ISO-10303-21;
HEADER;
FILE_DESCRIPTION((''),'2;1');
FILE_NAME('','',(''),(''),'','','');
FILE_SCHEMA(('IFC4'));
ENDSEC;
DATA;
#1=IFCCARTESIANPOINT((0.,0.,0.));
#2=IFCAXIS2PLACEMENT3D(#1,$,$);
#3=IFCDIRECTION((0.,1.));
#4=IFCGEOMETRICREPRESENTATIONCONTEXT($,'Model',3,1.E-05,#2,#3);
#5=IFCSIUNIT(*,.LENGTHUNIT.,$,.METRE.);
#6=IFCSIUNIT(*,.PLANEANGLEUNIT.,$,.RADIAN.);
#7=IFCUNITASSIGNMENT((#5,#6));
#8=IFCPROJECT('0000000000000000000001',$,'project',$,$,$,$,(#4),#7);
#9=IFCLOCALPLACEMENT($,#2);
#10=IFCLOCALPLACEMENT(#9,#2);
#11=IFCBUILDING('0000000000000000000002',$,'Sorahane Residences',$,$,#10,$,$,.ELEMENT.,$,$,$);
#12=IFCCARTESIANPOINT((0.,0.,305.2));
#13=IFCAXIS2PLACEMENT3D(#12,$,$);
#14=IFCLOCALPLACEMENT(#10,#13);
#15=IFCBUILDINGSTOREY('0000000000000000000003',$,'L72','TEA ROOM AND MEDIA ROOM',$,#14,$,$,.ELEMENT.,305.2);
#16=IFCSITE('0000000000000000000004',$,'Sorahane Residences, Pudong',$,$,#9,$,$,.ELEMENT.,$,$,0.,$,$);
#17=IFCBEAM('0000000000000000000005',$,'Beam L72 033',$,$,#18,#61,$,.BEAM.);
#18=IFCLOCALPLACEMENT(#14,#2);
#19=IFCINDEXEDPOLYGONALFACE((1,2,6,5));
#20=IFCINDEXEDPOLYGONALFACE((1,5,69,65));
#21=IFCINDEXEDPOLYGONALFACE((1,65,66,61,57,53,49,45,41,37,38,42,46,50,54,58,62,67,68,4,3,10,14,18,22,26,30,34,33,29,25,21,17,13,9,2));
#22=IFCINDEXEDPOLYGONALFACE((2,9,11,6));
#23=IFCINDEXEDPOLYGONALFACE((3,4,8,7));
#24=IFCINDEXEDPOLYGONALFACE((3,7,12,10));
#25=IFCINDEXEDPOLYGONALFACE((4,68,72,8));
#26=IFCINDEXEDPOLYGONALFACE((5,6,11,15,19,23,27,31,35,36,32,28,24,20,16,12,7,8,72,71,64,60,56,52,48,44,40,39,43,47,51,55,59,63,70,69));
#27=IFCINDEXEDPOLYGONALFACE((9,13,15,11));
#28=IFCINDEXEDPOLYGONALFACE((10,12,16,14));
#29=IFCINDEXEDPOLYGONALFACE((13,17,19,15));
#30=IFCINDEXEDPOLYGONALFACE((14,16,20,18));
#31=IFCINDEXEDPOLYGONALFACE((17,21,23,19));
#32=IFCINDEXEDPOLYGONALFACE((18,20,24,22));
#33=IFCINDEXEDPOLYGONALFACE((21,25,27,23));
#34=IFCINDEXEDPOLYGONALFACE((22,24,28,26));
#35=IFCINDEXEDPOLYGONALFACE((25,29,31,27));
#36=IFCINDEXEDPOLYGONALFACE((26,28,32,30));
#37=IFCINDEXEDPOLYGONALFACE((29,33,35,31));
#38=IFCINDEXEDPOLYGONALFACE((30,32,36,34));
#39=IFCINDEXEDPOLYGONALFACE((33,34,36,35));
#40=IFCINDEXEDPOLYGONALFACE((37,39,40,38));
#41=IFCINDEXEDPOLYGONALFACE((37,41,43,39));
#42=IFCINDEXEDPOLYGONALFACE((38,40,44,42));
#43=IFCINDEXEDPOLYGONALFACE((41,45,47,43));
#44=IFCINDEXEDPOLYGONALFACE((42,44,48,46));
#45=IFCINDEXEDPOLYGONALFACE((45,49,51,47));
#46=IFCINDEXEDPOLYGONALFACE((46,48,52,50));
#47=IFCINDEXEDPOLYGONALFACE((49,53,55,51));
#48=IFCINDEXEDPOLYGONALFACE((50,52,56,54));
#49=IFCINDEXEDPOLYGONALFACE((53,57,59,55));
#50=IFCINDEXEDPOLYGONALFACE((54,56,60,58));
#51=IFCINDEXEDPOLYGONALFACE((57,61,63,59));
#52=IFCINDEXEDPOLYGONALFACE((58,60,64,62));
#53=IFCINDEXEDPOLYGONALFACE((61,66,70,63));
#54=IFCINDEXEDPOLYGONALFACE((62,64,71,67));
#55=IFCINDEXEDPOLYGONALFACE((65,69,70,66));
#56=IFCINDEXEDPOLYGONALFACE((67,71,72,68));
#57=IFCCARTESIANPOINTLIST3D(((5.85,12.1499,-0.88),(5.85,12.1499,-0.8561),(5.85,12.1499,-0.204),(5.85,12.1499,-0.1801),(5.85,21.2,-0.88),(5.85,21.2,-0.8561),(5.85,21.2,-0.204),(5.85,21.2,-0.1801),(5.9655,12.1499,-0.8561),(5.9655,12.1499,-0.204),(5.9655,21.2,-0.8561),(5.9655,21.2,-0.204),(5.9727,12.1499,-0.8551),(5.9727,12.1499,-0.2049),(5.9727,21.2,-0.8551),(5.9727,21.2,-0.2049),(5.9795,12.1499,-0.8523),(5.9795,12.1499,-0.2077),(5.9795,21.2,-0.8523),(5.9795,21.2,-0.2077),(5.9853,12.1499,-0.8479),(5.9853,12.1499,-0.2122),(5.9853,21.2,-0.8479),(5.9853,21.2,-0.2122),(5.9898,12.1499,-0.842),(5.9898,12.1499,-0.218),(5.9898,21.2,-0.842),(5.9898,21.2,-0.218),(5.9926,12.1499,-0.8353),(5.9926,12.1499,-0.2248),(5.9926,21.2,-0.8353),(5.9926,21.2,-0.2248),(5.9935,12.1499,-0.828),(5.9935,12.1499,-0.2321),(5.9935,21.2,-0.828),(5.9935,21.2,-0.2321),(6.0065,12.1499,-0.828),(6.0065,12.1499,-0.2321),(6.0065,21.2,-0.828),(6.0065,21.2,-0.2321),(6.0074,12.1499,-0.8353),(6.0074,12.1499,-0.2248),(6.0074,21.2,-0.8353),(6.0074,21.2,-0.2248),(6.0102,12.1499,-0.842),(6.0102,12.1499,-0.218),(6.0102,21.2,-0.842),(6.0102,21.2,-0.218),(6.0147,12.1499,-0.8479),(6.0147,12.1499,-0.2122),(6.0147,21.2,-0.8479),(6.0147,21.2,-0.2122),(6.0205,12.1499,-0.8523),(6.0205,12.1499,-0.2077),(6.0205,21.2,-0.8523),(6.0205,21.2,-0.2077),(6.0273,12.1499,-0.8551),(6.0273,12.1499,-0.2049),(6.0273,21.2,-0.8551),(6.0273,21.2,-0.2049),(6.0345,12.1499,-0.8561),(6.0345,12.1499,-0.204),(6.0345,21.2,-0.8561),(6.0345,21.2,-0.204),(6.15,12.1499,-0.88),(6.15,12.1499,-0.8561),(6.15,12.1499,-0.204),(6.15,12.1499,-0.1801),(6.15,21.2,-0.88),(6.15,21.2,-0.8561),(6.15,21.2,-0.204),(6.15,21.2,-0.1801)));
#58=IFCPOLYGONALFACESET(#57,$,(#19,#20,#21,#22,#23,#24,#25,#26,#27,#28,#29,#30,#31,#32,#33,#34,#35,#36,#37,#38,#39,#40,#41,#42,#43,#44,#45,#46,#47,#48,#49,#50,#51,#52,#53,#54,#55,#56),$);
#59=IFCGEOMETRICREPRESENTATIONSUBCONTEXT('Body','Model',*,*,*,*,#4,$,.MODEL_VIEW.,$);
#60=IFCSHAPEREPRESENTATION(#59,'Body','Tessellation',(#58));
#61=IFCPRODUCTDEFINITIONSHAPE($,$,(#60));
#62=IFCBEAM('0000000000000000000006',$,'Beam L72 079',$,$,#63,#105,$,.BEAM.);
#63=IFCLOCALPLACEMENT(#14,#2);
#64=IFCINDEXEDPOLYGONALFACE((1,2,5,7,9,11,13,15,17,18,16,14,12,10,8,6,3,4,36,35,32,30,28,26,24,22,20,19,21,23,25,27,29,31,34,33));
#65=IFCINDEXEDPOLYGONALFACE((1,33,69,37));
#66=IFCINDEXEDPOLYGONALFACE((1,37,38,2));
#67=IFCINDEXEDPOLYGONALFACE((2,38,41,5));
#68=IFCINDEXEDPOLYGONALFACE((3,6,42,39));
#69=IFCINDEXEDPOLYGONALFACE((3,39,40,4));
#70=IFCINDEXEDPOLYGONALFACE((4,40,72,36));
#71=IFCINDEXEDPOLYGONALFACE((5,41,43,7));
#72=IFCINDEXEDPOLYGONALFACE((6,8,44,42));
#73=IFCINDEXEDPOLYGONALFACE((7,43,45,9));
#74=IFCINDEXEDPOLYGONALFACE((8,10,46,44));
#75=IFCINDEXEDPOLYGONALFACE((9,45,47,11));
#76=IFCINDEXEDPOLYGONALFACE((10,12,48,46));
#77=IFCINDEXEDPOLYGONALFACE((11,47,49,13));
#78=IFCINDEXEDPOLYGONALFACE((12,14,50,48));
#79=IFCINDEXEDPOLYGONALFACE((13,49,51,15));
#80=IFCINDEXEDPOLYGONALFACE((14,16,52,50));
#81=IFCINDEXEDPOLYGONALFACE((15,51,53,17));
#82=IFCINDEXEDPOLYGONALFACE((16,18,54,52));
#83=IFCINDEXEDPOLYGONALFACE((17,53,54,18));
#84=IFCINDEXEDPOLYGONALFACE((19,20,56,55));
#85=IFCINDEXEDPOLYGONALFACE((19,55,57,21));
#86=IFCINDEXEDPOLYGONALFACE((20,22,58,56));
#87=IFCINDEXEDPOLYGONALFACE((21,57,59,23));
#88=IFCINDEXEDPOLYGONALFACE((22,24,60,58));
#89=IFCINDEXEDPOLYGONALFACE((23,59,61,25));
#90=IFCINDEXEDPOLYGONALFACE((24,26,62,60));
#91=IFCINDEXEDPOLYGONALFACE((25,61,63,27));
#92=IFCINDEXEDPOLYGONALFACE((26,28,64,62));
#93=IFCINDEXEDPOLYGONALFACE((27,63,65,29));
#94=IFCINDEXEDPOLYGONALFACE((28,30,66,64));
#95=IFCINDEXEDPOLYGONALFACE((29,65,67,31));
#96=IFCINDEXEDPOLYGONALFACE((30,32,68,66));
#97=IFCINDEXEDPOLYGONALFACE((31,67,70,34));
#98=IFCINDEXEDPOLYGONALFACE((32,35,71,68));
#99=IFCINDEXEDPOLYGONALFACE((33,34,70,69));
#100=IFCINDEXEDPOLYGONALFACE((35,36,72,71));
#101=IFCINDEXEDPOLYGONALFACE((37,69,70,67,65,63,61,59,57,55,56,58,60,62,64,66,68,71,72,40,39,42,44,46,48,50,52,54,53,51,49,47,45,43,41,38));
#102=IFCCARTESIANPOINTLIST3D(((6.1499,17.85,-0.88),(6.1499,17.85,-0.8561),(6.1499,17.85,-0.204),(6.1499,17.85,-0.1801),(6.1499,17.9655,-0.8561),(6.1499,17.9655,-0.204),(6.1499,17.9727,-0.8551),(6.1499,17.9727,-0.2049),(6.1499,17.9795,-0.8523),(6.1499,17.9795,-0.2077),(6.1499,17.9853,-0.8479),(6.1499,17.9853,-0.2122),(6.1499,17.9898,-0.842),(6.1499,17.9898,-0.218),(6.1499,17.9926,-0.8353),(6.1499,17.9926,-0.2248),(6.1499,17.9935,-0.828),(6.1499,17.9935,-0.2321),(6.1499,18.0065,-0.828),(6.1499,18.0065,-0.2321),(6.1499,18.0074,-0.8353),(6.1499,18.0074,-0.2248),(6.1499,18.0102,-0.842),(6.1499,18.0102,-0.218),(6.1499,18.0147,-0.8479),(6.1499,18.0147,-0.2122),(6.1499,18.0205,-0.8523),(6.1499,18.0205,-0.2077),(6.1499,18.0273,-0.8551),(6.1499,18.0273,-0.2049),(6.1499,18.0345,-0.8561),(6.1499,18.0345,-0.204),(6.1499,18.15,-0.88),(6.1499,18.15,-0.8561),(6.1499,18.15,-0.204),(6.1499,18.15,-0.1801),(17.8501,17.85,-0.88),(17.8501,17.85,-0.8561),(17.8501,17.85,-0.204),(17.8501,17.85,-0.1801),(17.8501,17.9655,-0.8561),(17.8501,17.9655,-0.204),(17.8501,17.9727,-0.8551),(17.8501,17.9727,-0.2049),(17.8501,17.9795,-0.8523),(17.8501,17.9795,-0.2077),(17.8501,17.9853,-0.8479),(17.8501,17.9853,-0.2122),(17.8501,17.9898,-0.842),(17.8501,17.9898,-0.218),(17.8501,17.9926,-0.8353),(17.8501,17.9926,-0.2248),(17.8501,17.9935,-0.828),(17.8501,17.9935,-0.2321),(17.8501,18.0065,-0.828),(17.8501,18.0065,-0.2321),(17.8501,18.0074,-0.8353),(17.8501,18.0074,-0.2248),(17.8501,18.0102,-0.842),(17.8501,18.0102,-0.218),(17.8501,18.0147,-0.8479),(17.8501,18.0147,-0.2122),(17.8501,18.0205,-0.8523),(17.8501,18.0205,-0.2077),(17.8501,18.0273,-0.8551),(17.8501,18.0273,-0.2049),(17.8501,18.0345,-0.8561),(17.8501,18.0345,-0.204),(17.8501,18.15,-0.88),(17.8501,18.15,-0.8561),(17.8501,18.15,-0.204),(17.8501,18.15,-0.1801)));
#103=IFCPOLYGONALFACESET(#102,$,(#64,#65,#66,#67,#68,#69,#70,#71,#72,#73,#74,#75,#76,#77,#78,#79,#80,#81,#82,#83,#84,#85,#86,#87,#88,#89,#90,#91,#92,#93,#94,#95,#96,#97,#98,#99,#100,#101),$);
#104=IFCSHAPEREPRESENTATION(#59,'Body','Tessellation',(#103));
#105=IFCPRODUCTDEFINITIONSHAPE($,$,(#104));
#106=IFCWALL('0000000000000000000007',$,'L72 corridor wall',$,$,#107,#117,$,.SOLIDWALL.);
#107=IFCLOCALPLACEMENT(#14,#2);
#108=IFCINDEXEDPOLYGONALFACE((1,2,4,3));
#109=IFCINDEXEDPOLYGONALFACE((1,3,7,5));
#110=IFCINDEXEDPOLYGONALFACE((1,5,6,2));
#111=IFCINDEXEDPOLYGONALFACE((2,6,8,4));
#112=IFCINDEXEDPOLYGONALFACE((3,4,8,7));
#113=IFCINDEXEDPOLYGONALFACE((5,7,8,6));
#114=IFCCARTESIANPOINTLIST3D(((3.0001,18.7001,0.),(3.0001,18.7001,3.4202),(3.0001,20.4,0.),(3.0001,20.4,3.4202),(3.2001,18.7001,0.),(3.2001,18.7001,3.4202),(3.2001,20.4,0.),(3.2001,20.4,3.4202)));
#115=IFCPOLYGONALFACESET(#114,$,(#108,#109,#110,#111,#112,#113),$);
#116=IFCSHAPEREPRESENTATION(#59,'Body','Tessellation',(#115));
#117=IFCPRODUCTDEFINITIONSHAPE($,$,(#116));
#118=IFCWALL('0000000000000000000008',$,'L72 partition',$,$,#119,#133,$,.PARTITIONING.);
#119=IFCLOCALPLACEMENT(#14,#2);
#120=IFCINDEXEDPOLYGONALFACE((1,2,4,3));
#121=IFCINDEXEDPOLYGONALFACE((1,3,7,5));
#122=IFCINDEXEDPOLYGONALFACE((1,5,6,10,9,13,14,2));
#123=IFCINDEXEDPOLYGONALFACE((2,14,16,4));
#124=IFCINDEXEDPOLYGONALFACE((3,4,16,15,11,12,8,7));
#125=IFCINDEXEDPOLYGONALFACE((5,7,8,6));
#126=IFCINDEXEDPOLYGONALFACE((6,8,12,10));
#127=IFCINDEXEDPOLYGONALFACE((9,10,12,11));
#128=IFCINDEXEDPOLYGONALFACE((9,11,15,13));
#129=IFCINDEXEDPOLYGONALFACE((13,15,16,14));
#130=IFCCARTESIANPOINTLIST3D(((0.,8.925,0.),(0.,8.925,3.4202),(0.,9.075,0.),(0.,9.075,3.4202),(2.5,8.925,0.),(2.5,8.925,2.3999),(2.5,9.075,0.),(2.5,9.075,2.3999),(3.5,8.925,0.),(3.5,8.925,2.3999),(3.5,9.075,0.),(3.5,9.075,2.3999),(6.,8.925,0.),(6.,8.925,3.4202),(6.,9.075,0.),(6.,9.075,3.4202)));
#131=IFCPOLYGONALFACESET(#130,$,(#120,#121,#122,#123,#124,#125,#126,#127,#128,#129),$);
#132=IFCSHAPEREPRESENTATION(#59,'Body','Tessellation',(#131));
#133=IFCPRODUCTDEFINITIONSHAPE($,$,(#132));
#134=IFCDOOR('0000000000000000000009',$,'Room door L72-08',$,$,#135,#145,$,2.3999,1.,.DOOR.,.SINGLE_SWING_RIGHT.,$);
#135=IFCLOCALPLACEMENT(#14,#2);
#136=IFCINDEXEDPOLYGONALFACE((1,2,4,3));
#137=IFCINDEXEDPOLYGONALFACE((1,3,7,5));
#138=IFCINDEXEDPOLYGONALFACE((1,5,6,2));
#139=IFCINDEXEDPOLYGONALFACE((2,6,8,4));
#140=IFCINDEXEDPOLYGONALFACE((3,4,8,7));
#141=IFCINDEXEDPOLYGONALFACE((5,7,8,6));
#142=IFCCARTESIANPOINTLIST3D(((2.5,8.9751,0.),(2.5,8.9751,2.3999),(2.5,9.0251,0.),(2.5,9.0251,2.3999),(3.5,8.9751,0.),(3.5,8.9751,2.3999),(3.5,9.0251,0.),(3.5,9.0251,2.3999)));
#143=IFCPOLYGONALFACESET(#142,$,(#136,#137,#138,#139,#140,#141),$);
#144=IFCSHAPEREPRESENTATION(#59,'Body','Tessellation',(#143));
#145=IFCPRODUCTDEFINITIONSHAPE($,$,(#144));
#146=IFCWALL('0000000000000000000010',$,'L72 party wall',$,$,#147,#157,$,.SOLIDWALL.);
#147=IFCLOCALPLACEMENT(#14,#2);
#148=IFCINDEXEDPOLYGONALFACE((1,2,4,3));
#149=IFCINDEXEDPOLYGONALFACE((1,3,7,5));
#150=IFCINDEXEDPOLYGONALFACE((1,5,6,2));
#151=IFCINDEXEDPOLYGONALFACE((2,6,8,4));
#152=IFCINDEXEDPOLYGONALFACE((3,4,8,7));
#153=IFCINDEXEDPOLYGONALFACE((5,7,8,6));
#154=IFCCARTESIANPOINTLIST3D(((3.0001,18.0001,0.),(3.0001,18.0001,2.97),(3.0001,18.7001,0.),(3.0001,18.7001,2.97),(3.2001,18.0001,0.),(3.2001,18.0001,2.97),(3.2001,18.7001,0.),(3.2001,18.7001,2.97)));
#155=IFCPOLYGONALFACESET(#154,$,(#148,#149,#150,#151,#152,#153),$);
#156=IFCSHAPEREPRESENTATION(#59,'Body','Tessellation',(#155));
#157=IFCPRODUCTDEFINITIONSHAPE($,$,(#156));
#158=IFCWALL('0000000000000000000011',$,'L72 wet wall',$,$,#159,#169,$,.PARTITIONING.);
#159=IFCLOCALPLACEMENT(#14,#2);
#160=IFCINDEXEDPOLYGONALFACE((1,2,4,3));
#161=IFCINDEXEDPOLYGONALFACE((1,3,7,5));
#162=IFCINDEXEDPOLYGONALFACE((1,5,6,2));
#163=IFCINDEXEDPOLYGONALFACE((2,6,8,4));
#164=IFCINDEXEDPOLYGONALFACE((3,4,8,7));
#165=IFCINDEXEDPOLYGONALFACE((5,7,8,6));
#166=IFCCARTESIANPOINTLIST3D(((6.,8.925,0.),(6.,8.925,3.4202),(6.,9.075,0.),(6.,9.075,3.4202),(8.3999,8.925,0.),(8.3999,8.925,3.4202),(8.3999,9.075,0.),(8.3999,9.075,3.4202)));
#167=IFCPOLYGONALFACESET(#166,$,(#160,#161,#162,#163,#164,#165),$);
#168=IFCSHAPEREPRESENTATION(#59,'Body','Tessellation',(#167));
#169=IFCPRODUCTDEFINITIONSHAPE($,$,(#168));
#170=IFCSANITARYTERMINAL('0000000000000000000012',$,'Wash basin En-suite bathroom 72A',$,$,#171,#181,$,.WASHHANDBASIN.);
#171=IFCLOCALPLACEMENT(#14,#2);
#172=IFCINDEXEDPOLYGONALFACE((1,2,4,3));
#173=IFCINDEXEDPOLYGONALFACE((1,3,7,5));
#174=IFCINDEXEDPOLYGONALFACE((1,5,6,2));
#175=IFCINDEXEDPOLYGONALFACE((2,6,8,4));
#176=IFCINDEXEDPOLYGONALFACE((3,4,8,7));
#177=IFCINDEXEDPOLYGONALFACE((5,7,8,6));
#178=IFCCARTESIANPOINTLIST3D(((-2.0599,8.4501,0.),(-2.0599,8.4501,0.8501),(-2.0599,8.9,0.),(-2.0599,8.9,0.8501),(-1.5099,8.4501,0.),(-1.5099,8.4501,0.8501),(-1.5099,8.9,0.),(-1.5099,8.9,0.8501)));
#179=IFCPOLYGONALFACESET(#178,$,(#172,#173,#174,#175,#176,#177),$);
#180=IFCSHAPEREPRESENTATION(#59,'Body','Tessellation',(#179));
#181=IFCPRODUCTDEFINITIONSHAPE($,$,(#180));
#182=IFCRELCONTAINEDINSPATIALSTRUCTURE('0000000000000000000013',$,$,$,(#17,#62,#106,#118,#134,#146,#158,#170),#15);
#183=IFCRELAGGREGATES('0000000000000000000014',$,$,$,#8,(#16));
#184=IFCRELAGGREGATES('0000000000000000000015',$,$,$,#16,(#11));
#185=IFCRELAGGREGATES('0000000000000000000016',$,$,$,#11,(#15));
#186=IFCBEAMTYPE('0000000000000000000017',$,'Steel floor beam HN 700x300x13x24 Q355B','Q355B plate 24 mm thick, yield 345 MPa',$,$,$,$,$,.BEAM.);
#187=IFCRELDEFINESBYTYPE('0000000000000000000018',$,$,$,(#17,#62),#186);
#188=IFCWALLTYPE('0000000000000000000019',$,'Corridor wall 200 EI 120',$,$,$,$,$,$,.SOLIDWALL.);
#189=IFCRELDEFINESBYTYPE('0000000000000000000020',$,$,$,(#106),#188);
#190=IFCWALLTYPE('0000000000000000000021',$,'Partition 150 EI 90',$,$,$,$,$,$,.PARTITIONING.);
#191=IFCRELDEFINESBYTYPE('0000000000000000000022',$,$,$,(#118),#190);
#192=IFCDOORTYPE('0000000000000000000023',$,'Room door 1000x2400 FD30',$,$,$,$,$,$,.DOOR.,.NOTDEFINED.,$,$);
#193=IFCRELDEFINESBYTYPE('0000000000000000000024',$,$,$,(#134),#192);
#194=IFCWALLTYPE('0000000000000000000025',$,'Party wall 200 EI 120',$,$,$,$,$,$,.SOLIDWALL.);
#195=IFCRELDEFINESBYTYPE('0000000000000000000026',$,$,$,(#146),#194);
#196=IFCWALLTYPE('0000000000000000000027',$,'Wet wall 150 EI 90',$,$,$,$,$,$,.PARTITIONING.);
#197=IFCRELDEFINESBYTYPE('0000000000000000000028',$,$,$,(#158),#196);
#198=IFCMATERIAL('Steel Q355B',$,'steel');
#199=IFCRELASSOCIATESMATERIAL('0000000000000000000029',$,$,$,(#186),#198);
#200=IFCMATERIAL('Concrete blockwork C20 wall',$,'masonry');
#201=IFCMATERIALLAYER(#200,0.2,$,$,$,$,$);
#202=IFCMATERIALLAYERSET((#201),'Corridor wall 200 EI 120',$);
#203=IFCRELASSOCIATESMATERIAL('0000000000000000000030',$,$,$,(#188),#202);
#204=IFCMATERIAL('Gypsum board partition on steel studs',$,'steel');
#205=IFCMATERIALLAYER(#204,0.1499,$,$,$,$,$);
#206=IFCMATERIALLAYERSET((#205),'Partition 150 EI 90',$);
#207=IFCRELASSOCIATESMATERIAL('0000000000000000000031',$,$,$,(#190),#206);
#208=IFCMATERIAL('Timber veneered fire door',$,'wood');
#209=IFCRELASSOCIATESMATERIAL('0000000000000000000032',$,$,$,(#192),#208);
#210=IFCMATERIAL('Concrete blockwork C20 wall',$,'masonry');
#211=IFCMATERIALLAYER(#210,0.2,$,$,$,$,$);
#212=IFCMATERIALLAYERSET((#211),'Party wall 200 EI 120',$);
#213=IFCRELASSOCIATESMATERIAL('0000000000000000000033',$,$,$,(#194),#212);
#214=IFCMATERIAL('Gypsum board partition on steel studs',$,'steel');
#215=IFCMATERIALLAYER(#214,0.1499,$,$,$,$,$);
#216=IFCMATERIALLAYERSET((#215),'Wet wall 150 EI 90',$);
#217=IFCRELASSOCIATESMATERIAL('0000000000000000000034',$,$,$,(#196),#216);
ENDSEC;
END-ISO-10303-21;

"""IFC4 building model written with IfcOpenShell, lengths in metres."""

from ifc_helpers import new_model, si_unit, direction, frame, frame_2d, origin, origin_2d, place, context, subcontext, project, spatial, rectangle, i_section, extrude, material, layer, layer_set, material_profile, profile_set, type_object, element, fill, save


model = new_model("IFC4")

# Units and contexts
model_context = context("Model", 3, precision=1e-05, world=origin(), true_north=direction((0.0, 1.0)))
body_context = subcontext(model_context, "Body", "Model", "MODEL_VIEW")
ifc_project = project(units=[si_unit("LENGTHUNIT", "METRE"), si_unit("PLANEANGLEUNIT", "RADIAN")], contexts=[model_context])

# Site, building, storey
site_placement = place(None, origin())
site = spatial("IfcSite", under=ifc_project, at=site_placement, Name="Sorahane Residences, Pudong", CompositionType="ELEMENT", RefElevation=0.0)
building_placement = place(site_placement, origin())
building = spatial("IfcBuilding", under=site, at=building_placement, Name="Sorahane Residences", CompositionType="ELEMENT")
storey_placement = place(building_placement, frame((0.0, 0.0, 305.2)))
storey = spatial("IfcBuildingStorey", under=building, at=storey_placement, Name="L72", Description="TEA ROOM AND MEDIA ROOM", CompositionType="ELEMENT", Elevation=305.2)

# Beams
ifc_material_1 = material(Name="Steel Q355B", Category="steel")
ifc_material_profile_1 = material_profile(ifc_material_1, i_section(OverallWidth=0.3, OverallDepth=0.7, WebThickness=0.0129, FlangeThickness=0.0239, FilletRadius=0.0281, at=origin_2d()), Name="HN 700x300x13x24")
ifc_profile_set_1 = profile_set([ifc_material_profile_1], Name="Steel Q355B")
beam_type_1 = type_object("IfcBeamType", Name="Steel floor beam HN 700x300x13x24 Q355B", Description="Q355B plate 24 mm thick, yield 345 MPa", PredefinedType="BEAM", material=ifc_profile_set_1)
beam_1_placement = place(storey_placement, frame((6.0, 12.1499, -0.53), z_axis=(0.0, 1.0, 0.0), x_axis=(-1.0, 0.0, 0.0)))
element("IfcBeam", 1, at=beam_1_placement, inside=storey, type_object=beam_type_1, Name="Beam L72 033", PredefinedType="BEAM", context=body_context, shape_type="SweptSolid", body=[
    extrude(i_section(OverallWidth=0.3, OverallDepth=0.7, WebThickness=0.0129, FlangeThickness=0.0239, FilletRadius=0.0281, at=origin_2d()), origin(), (0.0, 0.0, 1.0), 9.05),
])
beam_2_placement = place(storey_placement, frame((6.1499, 18.0, -0.53), z_axis=(1.0, 0.0, 0.0), x_axis=(0.0, 1.0, 0.0)))
element("IfcBeam", 2, at=beam_2_placement, inside=storey, type_object=beam_type_1, Name="Beam L72 079", PredefinedType="BEAM", context=body_context, shape_type="SweptSolid", body=[
    extrude(i_section(OverallWidth=0.3, OverallDepth=0.7, WebThickness=0.0129, FlangeThickness=0.0239, FilletRadius=0.0281, at=origin_2d()), origin(), (0.0, 0.0, 1.0), 11.7002),
])

# Wall
ifc_material_2 = material(Name="Concrete blockwork C20 wall", Category="masonry")
ifc_layer_1 = layer(ifc_material_2, 0.2)
ifc_layer_set_1 = layer_set([ifc_layer_1], Name="Corridor wall 200 EI 120")
wall_type_1 = type_object("IfcWallType", Name="Corridor wall 200 EI 120", PredefinedType="SOLIDWALL", material=ifc_layer_set_1)
wall_1_placement = place(storey_placement, frame((3.1001, 18.7, 0.0), z_axis=(0.0, 0.0, 1.0), x_axis=(0.0, 1.0, 0.0)))
element("IfcWall", 3, at=wall_1_placement, inside=storey, type_object=wall_type_1, Name="L72 corridor wall", PredefinedType="SOLIDWALL", context=body_context, shape_type="SweptSolid", body=[
    extrude(rectangle(XDim=1.7, YDim=0.2, at=frame_2d((0.8501, 0.0))), origin(), (0.0, 0.0, 1.0), 3.4202),
])

# Wall, opening, door
ifc_material_3 = material(Name="Gypsum board partition on steel studs", Category="steel")
ifc_layer_2 = layer(ifc_material_3, 0.1499)
ifc_layer_set_2 = layer_set([ifc_layer_2], Name="Partition 150 EI 90")
wall_type_2 = type_object("IfcWallType", Name="Partition 150 EI 90", PredefinedType="PARTITIONING", material=ifc_layer_set_2)
wall_2_placement = place(storey_placement, frame((0.0, 9.0, 0.0), z_axis=(0.0, 0.0, 1.0), x_axis=(1.0, 0.0, 0.0)))
wall_2 = element("IfcWall", 4, at=wall_2_placement, inside=storey, type_object=wall_type_2, Name="L72 partition", PredefinedType="PARTITIONING", context=body_context, shape_type="SweptSolid", body=[
    extrude(rectangle(XDim=6.0, YDim=0.1499, at=frame_2d((3.0, 0.0))), origin(), (0.0, 0.0, 1.0), 3.4202),
])
opening_1_placement = place(wall_2_placement, frame((2.5, 0.0, 0.0)))
opening_1 = element("IfcOpeningElement", 5, at=opening_1_placement, cuts=wall_2, PredefinedType="OPENING", context=body_context, shape_type="SweptSolid", body=[
    extrude(rectangle(XDim=1.0, YDim=2.3999, at=frame_2d((0.5, 1.2))), frame((0.0, 0.085, 0.0), z_axis=(0.0, -1.0, 0.0), x_axis=(1.0, 0.0, 0.0)), (0.0, 0.0, 1.0), 0.1699),
])
ifc_material_4 = material(Name="Timber veneered fire door", Category="wood")
door_type_1 = type_object("IfcDoorType", Name="Room door 1000x2400 FD30", OperationType="NOTDEFINED", PredefinedType="DOOR", material=ifc_material_4)
door_1_placement = place(opening_1_placement, frame((1.0, 0.0, 0.0), z_axis=(0.0, 0.0, 1.0), x_axis=(-1.0, 0.0, 0.0)))
door_1 = element("IfcDoor", 6, at=door_1_placement, inside=storey, type_object=door_type_1, Name="Room door L72-08", OperationType="SINGLE_SWING_RIGHT", OverallHeight=2.3999, OverallWidth=1.0, PredefinedType="DOOR", context=body_context, shape_type="SweptSolid", body=[
    extrude(rectangle(XDim=1.0, YDim=2.3999, at=frame_2d((0.5, 1.2))), frame((0.0, 0.0249, 0.0), z_axis=(0.0, -1.0, 0.0), x_axis=(1.0, 0.0, 0.0)), (0.0, 0.0, 1.0), 0.05),
])
fill(opening_1, door_1)

# Walls
ifc_material_5 = material(Name="Concrete blockwork C20 wall", Category="masonry")
ifc_layer_3 = layer(ifc_material_5, 0.2)
ifc_layer_set_3 = layer_set([ifc_layer_3], Name="Party wall 200 EI 120")
wall_type_3 = type_object("IfcWallType", Name="Party wall 200 EI 120", PredefinedType="SOLIDWALL", material=ifc_layer_set_3)
wall_3_placement = place(storey_placement, frame((3.1001, 18.0, 0.0), z_axis=(0.0, 0.0, 1.0), x_axis=(0.0, 1.0, 0.0)))
element("IfcWall", 7, at=wall_3_placement, inside=storey, type_object=wall_type_3, Name="L72 party wall", PredefinedType="SOLIDWALL", context=body_context, shape_type="SweptSolid", body=[
    extrude(rectangle(XDim=0.7, YDim=0.2, at=frame_2d((0.3501, 0.0))), origin(), (0.0, 0.0, 1.0), 2.97),
])
ifc_material_6 = material(Name="Gypsum board partition on steel studs", Category="steel")
ifc_layer_4 = layer(ifc_material_6, 0.1499)
ifc_layer_set_4 = layer_set([ifc_layer_4], Name="Wet wall 150 EI 90")
wall_type_4 = type_object("IfcWallType", Name="Wet wall 150 EI 90", PredefinedType="PARTITIONING", material=ifc_layer_set_4)
wall_4_placement = place(storey_placement, frame((6.0, 9.0, 0.0), z_axis=(0.0, 0.0, 1.0), x_axis=(1.0, 0.0, 0.0)))
element("IfcWall", 8, at=wall_4_placement, inside=storey, type_object=wall_type_4, Name="L72 wet wall", PredefinedType="PARTITIONING", context=body_context, shape_type="SweptSolid", body=[
    extrude(rectangle(XDim=2.3999, YDim=0.1499, at=frame_2d((1.2, 0.0))), origin(), (0.0, 0.0, 1.0), 3.4202),
])

# Sanitary terminal
sanitary_terminal_1_placement = place(storey_placement, frame((-1.7849, 8.675, 0.0), z_axis=(0.0, 0.0, 1.0), x_axis=(1.0, 0.0, 0.0)))
element("IfcSanitaryTerminal", 9, at=sanitary_terminal_1_placement, inside=storey, Name="Wash basin En-suite bathroom 72A", PredefinedType="WASHHANDBASIN", context=body_context, shape_type="SweptSolid", body=[
    extrude(rectangle(XDim=0.55, YDim=0.45, at=origin_2d()), origin(), (0.0, 0.0, 1.0), 0.8501),
])

save(model, "model.ifc")
